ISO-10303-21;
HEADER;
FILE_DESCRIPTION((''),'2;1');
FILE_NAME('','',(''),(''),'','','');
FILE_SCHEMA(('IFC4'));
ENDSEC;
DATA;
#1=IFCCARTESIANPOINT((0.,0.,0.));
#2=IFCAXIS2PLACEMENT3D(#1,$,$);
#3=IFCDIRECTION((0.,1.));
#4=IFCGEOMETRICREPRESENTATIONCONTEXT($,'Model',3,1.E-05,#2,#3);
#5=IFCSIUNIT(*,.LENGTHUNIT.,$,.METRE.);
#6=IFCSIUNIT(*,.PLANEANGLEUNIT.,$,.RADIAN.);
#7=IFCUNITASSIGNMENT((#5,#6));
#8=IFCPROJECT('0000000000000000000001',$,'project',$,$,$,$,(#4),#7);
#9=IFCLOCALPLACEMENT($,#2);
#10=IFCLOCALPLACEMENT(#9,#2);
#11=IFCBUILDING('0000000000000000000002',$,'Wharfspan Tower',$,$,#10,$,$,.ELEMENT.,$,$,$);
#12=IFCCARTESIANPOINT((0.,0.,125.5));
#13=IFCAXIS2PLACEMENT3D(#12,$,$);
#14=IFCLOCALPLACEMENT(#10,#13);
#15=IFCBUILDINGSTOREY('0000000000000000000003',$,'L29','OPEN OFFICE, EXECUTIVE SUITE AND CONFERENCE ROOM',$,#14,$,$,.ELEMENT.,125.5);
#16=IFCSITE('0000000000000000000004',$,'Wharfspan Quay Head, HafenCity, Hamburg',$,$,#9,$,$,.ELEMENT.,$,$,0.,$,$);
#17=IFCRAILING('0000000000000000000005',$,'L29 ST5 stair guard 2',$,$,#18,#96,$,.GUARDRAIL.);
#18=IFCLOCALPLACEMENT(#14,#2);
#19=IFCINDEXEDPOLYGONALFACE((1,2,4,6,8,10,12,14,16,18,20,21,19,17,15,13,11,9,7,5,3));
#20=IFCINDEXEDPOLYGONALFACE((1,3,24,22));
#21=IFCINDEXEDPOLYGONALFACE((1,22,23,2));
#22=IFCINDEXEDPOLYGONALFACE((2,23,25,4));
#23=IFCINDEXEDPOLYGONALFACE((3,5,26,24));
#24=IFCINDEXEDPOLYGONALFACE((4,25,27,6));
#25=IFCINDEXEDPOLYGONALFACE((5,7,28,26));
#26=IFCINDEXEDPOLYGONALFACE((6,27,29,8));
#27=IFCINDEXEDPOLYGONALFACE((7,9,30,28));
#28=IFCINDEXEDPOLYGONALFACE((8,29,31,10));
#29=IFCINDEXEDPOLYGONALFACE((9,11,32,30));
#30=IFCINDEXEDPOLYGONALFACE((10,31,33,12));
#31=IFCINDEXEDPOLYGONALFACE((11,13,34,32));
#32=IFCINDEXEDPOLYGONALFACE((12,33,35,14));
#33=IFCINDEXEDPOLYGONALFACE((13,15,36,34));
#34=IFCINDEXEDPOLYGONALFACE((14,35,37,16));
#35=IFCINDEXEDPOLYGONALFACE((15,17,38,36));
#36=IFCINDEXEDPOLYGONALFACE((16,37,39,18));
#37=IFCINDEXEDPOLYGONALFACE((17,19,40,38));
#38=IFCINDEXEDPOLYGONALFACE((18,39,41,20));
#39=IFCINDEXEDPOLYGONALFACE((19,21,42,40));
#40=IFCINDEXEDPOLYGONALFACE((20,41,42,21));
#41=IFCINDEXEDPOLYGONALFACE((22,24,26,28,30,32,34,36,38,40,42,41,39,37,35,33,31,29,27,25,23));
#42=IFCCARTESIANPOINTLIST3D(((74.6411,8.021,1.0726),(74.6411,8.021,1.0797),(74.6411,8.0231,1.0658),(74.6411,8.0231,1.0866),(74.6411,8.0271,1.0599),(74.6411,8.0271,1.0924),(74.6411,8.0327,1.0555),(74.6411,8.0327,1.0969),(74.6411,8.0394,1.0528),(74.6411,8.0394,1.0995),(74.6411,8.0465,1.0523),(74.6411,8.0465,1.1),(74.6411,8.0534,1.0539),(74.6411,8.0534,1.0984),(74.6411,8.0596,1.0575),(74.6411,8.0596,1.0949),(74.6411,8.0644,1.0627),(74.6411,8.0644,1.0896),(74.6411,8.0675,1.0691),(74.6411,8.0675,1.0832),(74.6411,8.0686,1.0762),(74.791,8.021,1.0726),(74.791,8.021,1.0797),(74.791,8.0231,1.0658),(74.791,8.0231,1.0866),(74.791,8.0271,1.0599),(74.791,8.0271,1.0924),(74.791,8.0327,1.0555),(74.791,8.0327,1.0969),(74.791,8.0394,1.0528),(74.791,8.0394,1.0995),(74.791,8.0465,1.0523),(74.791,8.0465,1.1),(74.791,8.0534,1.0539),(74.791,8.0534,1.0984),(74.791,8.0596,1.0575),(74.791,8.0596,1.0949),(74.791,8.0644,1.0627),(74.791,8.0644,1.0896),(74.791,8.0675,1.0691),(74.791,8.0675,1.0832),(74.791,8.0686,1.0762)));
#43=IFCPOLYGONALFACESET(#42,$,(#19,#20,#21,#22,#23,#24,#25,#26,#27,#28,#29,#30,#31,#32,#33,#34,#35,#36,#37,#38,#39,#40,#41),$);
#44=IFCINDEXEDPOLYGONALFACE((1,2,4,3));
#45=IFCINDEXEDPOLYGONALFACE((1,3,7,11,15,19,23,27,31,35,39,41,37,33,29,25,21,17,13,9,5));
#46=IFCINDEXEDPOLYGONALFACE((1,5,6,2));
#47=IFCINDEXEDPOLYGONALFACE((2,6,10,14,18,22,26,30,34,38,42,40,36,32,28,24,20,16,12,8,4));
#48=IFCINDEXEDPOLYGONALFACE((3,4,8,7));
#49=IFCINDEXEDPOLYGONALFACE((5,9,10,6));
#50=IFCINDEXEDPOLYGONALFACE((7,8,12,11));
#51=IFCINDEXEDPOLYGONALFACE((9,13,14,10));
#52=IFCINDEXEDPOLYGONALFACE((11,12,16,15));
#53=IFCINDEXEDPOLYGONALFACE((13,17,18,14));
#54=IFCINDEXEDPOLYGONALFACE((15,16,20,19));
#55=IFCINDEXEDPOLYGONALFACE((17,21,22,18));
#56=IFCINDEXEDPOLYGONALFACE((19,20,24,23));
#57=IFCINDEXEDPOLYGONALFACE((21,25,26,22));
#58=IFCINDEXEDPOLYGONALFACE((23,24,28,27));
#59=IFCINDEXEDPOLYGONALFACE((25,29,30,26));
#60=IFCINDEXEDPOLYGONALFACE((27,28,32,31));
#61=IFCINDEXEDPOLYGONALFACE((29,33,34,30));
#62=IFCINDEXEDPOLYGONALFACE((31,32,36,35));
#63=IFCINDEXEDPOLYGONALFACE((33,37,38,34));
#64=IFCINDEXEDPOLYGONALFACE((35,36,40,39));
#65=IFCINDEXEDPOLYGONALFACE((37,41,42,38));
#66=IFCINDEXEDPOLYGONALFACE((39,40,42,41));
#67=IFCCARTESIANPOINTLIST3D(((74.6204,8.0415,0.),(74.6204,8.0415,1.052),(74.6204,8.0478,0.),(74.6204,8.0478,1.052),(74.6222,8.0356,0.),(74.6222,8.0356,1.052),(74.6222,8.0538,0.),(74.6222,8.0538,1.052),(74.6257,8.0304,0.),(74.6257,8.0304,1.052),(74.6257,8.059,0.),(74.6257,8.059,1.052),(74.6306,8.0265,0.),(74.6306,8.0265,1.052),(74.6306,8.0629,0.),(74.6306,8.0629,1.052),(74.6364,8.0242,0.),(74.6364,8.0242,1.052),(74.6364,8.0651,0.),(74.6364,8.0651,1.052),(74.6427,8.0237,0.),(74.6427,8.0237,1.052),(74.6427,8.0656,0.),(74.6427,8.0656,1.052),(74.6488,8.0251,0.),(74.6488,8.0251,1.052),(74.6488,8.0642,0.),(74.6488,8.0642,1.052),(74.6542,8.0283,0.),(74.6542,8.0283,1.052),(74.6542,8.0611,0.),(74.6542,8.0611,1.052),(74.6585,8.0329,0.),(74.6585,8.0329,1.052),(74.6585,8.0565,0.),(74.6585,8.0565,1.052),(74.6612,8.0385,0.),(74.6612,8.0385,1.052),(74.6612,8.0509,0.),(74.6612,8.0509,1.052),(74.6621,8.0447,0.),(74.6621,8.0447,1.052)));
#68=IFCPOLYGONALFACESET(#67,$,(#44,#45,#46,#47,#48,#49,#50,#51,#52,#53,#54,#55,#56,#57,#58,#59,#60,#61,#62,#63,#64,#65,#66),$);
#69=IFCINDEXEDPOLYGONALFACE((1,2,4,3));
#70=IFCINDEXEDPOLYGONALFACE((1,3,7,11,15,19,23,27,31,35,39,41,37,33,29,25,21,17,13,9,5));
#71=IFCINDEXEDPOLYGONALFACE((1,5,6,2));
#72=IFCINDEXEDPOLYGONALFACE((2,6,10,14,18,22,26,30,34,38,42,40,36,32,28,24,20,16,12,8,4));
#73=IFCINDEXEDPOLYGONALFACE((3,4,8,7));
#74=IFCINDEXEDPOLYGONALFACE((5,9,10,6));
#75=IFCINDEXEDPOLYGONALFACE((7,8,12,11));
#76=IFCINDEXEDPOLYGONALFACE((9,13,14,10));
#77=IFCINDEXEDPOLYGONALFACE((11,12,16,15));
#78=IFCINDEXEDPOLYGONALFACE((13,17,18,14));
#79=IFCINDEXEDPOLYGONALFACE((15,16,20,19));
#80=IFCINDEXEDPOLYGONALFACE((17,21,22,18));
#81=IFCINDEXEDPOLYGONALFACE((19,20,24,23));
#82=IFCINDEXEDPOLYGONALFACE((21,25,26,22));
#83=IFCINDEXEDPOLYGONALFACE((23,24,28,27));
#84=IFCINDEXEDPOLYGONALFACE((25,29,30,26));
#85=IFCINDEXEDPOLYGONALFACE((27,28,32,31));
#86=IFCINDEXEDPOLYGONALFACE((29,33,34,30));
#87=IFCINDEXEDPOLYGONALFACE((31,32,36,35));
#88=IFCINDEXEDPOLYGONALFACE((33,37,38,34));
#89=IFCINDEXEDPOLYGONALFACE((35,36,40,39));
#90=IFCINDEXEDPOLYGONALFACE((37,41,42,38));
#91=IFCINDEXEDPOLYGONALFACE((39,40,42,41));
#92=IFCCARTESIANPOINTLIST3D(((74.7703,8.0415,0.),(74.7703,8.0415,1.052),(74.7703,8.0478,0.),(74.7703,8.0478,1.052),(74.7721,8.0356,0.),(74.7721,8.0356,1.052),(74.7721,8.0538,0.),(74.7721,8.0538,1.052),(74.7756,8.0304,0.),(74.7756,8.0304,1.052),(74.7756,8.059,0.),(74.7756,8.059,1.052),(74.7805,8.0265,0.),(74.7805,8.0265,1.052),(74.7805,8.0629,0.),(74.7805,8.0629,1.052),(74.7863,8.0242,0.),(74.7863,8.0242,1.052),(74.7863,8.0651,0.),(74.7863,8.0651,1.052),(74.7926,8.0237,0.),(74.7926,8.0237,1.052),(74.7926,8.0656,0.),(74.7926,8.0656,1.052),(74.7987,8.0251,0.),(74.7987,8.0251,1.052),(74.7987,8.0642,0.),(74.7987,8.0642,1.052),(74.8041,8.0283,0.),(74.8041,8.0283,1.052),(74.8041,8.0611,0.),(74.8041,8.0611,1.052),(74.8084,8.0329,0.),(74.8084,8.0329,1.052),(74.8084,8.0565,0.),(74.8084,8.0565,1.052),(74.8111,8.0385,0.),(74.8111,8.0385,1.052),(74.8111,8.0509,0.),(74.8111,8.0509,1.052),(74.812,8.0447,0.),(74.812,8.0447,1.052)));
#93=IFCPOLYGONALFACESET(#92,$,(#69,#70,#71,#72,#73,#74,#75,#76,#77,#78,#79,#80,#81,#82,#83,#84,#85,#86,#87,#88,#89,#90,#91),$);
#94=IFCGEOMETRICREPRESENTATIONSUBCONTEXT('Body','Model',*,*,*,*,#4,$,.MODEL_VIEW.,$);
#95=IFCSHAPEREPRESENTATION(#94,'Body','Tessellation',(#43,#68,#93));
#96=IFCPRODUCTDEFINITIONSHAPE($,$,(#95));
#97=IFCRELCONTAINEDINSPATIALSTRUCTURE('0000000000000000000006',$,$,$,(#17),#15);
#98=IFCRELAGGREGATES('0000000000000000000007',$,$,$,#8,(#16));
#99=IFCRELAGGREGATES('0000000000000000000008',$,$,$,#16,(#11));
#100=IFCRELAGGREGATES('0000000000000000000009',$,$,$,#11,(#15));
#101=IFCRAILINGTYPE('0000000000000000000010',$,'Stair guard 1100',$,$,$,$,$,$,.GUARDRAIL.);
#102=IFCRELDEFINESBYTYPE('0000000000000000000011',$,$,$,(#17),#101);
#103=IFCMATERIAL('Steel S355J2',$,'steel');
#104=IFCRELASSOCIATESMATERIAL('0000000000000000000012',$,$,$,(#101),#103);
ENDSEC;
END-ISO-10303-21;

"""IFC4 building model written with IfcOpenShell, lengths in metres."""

from ifc_helpers import new_model, si_unit, direction, frame, origin, origin_2d, place, context, subcontext, project, spatial, circle, extrude, material, type_object, element, save


model = new_model("IFC4")

# Units and contexts
model_context = context("Model", 3, precision=1e-05, world=origin(), true_north=direction((0.0, 1.0)))
body_context = subcontext(model_context, "Body", "Model", "MODEL_VIEW")
ifc_project = project(units=[si_unit("LENGTHUNIT", "METRE"), si_unit("PLANEANGLEUNIT", "RADIAN")], contexts=[model_context])

# Site, building, storey
site_placement = place(None, origin())
site = spatial("IfcSite", under=ifc_project, at=site_placement, Name="Wharfspan Quay Head, HafenCity, Hamburg", CompositionType="ELEMENT", RefElevation=0.0)
building_placement = place(site_placement, origin())
building = spatial("IfcBuilding", under=site, at=building_placement, Name="Wharfspan Tower", CompositionType="ELEMENT")
storey_placement = place(building_placement, frame((0.0, 0.0, 125.5)))
storey = spatial("IfcBuildingStorey", under=building, at=storey_placement, Name="L29", Description="OPEN OFFICE, EXECUTIVE SUITE AND CONFERENCE ROOM", CompositionType="ELEMENT", Elevation=125.5)

# Shared definitions
ifc_material_1 = material(Name="Steel S355J2", Category="steel")

# Railing
railing_type_1 = type_object("IfcRailingType", Name="Stair guard 1100", PredefinedType="GUARDRAIL", material=ifc_material_1)
railing_1_placement = place(storey_placement, frame((74.6411, 8.0447, 0.0)))
element("IfcRailing", 1, at=railing_1_placement, inside=storey, type_object=railing_type_1, Name="L29 ST5 stair guard 2", PredefinedType="GUARDRAIL", context=body_context, shape_type="SweptSolid", body=[
    extrude(circle(Radius=0.0239, at=origin_2d()), frame((0.0, 0.0, 1.0762), z_axis=(1.0, 0.0, 0.0), x_axis=(0.0, 1.0, 0.0)), (0.0, 0.0, 1.0), 0.1499),
    extrude(circle(Radius=0.021, at=origin_2d()), origin(), (0.0, 0.0, 1.0), 1.052),
    extrude(circle(Radius=0.021, at=origin_2d()), frame((0.1499, 0.0, 0.0)), (0.0, 0.0, 1.0), 1.052),
])

save(model, "model.ifc")
